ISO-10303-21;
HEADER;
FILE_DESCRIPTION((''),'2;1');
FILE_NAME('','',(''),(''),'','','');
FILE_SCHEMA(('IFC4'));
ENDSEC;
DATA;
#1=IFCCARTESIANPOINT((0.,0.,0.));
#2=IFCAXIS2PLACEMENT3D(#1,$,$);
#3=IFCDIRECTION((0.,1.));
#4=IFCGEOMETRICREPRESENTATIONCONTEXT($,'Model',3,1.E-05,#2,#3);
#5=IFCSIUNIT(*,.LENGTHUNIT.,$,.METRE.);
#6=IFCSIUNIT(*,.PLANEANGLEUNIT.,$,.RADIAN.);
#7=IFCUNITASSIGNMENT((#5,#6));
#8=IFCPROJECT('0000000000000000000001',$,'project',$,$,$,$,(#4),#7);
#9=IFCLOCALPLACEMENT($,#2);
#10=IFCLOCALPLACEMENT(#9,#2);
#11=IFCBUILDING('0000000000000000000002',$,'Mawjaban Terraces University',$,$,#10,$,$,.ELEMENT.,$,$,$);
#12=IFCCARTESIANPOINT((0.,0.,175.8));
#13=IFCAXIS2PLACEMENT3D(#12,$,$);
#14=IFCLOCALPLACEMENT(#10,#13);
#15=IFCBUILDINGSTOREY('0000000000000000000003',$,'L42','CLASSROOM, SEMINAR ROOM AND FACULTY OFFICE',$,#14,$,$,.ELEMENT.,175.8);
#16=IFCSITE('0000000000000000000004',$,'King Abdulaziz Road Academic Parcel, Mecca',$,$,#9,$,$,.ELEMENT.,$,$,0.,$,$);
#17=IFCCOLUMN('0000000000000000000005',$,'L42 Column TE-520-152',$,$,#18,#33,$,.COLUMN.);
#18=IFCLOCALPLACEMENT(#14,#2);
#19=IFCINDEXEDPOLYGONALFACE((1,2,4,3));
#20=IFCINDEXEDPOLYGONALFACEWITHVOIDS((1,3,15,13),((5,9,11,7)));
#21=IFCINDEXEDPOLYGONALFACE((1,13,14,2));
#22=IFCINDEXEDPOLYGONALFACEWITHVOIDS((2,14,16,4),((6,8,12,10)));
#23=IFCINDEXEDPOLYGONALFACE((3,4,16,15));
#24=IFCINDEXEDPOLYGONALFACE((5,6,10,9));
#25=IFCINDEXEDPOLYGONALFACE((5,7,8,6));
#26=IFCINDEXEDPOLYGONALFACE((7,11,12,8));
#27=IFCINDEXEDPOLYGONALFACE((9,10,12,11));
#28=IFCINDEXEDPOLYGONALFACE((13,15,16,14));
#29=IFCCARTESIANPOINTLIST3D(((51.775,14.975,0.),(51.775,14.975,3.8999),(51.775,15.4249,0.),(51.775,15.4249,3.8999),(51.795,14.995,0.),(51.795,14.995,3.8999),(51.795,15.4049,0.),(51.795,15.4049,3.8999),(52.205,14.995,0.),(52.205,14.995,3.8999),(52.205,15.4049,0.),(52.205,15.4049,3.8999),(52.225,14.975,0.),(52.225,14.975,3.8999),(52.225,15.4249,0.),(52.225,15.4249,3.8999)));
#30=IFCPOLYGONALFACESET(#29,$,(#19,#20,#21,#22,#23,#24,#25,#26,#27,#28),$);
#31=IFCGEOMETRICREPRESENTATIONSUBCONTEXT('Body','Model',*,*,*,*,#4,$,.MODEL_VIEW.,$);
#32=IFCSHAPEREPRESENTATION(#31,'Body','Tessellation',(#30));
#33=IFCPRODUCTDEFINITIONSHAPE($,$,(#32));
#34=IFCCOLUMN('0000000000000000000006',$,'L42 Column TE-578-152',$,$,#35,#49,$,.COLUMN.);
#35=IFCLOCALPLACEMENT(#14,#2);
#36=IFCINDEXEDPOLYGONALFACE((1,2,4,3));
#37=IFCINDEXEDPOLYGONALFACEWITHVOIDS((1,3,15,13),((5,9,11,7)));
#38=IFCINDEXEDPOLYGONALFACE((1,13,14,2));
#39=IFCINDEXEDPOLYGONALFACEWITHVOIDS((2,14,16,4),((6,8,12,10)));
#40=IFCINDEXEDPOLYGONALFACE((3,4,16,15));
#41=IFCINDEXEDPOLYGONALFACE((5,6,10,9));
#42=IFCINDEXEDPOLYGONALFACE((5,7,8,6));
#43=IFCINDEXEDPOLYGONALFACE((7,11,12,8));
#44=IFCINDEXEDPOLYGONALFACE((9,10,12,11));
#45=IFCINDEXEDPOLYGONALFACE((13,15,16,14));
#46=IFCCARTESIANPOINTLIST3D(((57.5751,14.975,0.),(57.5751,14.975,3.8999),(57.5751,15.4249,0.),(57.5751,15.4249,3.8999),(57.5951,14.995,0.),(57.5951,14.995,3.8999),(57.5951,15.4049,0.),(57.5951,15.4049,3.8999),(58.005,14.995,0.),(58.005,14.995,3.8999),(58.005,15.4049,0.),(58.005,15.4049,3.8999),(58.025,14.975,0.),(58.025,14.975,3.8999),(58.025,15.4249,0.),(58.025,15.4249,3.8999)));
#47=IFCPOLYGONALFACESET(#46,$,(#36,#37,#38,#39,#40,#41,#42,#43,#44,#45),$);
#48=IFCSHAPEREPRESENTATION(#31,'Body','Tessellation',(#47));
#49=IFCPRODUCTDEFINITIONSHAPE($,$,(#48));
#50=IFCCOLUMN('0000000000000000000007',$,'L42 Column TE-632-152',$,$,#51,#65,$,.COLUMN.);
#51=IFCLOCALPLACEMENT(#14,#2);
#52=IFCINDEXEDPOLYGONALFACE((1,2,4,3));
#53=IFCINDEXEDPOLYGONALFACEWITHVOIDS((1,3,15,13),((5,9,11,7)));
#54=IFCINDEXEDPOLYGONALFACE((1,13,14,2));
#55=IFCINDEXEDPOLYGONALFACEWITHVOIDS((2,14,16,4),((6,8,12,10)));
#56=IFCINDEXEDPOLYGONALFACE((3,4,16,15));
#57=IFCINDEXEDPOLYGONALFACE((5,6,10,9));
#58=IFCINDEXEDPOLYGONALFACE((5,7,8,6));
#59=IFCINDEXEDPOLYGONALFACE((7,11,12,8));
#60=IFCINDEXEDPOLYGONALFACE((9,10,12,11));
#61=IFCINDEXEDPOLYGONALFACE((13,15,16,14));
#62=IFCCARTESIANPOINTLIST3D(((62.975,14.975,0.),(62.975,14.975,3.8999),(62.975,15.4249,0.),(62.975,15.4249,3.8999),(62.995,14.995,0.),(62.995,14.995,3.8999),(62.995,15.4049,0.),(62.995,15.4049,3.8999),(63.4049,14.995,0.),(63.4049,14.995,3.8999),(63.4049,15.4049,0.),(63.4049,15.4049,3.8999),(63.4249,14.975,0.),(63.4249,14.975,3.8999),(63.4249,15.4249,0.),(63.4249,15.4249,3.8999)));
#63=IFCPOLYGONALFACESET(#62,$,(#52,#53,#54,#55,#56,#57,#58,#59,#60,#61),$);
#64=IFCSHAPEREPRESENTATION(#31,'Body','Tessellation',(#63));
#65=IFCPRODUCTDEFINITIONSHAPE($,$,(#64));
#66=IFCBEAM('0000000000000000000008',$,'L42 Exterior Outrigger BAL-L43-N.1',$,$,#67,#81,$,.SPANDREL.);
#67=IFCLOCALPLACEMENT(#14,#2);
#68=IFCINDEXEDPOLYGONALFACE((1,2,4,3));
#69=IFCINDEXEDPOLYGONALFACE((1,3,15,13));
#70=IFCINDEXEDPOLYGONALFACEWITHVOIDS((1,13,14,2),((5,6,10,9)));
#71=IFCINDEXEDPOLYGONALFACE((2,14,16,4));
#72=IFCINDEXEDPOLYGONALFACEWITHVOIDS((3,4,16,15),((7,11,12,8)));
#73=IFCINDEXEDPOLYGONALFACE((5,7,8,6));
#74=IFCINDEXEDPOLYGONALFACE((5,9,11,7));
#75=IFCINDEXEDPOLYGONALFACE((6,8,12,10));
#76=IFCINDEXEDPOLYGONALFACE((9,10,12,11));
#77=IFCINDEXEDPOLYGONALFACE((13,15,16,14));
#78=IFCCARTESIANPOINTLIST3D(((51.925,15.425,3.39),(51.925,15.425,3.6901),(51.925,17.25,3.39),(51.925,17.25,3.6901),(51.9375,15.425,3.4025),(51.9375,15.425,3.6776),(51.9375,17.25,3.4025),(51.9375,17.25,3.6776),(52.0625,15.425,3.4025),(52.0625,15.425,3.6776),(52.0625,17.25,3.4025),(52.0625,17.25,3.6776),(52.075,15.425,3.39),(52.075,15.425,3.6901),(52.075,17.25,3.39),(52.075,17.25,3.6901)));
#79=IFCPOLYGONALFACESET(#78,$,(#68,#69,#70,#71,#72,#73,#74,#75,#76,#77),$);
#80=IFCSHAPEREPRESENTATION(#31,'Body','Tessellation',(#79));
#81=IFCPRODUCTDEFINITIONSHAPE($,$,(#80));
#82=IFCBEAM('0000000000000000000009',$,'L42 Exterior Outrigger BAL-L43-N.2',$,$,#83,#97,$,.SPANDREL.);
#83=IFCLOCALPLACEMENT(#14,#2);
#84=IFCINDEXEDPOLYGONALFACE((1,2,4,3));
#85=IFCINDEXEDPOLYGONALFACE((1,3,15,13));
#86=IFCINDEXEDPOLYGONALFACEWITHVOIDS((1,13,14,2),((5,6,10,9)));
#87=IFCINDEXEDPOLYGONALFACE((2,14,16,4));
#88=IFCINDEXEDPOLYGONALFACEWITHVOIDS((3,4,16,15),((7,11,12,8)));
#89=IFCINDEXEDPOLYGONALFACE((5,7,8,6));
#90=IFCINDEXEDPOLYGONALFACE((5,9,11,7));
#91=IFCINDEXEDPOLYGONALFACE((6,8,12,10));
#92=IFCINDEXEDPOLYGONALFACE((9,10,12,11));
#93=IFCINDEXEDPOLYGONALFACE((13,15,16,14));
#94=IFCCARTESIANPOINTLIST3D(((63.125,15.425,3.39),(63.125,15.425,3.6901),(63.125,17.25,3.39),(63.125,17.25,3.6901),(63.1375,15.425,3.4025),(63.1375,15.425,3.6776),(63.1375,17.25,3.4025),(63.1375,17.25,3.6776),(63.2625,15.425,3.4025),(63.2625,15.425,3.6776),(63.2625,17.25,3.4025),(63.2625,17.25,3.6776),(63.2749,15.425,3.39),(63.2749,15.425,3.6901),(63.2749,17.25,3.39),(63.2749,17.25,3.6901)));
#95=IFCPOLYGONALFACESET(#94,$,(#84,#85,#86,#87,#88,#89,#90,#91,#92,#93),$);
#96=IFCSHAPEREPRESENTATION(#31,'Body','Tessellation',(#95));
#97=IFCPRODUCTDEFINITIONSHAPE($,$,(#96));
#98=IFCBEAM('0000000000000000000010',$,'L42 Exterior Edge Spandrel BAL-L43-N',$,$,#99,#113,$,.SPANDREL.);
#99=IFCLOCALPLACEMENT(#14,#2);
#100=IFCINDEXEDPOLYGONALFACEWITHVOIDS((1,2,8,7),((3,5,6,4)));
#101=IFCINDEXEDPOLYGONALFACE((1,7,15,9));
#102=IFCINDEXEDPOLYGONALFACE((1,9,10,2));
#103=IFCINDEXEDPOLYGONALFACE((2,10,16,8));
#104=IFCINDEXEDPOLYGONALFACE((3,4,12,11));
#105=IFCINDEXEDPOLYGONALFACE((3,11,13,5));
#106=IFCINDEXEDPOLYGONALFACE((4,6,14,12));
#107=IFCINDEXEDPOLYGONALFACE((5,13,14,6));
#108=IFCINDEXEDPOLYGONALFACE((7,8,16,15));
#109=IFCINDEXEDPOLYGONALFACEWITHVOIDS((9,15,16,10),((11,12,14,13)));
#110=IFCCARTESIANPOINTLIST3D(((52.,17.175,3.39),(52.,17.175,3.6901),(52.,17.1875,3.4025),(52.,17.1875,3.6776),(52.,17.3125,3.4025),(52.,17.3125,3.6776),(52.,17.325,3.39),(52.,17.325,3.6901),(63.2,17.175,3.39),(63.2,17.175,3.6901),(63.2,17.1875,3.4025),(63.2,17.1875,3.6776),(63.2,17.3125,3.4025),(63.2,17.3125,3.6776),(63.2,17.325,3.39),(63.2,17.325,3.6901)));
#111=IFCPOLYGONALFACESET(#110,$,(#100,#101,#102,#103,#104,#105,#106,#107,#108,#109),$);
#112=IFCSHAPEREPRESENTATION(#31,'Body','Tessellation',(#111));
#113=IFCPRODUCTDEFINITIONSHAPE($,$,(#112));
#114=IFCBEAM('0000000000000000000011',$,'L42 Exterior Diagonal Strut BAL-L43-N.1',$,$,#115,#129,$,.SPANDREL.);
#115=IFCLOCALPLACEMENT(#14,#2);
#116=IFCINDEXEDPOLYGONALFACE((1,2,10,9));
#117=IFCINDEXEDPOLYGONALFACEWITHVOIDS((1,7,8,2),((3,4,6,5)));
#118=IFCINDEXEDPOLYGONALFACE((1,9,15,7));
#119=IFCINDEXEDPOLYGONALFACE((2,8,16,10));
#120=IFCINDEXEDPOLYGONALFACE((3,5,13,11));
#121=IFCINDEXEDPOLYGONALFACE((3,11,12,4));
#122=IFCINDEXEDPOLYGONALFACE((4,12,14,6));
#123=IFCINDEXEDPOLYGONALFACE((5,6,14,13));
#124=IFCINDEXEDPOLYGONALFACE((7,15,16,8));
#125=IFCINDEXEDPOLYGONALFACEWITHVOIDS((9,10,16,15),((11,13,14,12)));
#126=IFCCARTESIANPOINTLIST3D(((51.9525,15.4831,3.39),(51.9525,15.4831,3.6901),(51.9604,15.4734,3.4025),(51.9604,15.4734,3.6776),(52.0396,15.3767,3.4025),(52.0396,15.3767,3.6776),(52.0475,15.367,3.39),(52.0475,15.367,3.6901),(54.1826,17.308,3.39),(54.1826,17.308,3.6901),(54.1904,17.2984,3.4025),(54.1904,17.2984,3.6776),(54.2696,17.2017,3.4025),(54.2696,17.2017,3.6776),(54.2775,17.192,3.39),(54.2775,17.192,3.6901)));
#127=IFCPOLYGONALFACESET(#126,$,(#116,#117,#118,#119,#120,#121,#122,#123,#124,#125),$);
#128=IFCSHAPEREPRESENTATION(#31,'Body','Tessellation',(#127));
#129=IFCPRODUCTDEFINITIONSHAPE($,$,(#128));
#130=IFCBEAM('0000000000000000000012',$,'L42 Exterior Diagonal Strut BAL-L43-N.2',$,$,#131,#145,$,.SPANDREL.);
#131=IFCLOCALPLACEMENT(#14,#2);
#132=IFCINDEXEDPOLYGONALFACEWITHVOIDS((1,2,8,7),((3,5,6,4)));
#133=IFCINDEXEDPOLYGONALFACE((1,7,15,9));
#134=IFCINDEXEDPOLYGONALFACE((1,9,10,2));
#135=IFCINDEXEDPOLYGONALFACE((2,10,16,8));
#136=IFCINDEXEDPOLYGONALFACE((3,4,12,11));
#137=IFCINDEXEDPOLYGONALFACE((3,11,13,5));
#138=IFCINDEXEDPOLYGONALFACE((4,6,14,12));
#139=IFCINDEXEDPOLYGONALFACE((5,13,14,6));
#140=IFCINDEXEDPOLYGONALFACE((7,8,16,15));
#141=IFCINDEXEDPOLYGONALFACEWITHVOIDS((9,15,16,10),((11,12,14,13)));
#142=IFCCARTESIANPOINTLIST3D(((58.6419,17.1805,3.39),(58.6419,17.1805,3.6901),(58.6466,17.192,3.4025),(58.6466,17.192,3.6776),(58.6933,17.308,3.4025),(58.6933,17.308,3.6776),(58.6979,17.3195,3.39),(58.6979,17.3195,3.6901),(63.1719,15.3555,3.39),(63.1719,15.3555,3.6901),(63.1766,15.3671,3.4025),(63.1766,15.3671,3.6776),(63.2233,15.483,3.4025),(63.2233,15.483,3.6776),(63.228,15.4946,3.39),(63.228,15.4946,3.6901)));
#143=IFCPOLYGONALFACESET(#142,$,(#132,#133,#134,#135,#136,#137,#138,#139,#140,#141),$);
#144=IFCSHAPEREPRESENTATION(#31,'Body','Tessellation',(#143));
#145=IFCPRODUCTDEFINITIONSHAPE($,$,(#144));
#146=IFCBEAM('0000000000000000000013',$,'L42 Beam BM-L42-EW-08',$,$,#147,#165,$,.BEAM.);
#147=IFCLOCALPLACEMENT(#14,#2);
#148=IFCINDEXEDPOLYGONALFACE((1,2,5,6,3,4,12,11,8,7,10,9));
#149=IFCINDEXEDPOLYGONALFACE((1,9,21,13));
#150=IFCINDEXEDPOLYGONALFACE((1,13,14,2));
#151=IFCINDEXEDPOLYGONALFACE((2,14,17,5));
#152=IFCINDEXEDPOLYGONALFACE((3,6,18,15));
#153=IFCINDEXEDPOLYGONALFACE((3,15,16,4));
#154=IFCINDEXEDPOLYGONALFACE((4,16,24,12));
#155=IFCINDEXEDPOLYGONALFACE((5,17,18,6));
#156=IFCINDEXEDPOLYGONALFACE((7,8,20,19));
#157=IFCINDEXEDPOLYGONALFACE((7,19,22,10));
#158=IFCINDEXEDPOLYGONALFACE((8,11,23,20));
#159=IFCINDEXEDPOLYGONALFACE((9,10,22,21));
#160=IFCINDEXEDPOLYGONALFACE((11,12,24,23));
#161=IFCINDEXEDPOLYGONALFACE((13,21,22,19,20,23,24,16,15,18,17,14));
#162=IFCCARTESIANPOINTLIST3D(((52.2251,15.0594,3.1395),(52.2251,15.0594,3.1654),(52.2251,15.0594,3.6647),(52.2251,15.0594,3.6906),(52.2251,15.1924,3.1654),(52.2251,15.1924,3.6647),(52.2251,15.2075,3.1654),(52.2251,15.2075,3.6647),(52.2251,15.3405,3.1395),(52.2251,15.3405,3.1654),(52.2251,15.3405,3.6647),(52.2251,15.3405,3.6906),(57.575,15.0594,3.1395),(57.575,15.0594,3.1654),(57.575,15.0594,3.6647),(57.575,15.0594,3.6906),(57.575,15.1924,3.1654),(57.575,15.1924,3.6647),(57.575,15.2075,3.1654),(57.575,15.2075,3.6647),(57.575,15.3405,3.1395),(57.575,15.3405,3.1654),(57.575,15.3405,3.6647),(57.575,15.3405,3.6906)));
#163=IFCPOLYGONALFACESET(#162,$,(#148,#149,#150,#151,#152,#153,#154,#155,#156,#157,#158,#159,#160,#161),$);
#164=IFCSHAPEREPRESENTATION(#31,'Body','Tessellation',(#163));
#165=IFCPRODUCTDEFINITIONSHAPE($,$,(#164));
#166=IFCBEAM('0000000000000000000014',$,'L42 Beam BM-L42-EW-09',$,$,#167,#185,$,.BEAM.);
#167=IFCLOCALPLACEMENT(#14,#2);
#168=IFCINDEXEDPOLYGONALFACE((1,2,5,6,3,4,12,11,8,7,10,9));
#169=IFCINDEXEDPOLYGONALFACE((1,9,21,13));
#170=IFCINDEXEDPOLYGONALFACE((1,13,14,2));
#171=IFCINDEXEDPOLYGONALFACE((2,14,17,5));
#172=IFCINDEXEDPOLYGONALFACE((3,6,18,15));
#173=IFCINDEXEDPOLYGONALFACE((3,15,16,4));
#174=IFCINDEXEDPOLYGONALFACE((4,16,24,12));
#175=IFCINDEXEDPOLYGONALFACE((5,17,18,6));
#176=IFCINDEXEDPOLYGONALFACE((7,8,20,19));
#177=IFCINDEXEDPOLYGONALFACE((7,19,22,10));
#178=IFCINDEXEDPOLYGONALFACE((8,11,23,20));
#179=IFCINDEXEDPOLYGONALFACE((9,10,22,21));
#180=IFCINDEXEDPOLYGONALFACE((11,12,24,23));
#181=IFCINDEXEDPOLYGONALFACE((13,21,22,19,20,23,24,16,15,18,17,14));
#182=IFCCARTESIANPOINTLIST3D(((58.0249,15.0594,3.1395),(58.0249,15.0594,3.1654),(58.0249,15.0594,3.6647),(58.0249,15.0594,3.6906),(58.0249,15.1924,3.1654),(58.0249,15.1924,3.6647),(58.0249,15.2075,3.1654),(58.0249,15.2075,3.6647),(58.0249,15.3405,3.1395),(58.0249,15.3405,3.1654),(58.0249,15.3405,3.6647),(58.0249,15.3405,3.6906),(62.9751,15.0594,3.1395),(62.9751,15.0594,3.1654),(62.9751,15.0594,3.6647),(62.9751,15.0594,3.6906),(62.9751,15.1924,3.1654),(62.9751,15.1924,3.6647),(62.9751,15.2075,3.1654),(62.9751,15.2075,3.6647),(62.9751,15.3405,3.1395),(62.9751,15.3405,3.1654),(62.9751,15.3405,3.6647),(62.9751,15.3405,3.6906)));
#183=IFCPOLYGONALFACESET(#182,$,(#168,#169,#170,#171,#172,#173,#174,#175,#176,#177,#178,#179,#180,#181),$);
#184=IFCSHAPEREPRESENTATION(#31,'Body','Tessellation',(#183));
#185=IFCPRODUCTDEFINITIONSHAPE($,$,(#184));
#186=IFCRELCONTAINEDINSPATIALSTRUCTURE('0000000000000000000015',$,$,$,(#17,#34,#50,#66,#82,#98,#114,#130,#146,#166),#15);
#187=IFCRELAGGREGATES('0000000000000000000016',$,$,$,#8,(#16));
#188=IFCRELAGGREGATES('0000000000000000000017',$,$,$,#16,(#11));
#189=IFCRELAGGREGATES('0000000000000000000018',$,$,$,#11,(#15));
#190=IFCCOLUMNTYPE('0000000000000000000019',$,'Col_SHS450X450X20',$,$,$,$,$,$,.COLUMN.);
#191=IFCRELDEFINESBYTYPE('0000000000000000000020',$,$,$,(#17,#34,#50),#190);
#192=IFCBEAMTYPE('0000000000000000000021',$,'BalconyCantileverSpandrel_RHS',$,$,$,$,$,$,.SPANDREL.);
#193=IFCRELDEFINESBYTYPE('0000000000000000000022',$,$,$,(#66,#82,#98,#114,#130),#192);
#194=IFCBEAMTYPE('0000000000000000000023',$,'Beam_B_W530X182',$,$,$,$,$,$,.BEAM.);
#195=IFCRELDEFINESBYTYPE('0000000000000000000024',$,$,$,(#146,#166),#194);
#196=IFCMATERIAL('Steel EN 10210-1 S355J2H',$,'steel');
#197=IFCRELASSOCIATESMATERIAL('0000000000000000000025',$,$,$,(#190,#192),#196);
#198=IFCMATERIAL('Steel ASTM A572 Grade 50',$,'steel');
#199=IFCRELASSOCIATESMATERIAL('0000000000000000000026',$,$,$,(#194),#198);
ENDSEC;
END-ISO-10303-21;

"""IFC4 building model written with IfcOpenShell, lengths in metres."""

from ifc_helpers import new_model, si_unit, direction, frame, origin, origin_2d, place, context, subcontext, project, spatial, hollow_rectangle, i_section, extrude, material, material_profile, profile_set, type_object, element, save


model = new_model("IFC4")

# Units and contexts
model_context = context("Model", 3, precision=1e-05, world=origin(), true_north=direction((0.0, 1.0)))
body_context = subcontext(model_context, "Body", "Model", "MODEL_VIEW")
ifc_project = project(units=[si_unit("LENGTHUNIT", "METRE"), si_unit("PLANEANGLEUNIT", "RADIAN")], contexts=[model_context])

# Site, building, storey
site_placement = place(None, origin())
site = spatial("IfcSite", under=ifc_project, at=site_placement, Name="King Abdulaziz Road Academic Parcel, Mecca", CompositionType="ELEMENT", RefElevation=0.0)
building_placement = place(site_placement, origin())
building = spatial("IfcBuilding", under=site, at=building_placement, Name="Mawjaban Terraces University", CompositionType="ELEMENT")
storey_placement = place(building_placement, frame((0.0, 0.0, 175.8)))
storey = spatial("IfcBuildingStorey", under=building, at=storey_placement, Name="L42", Description="CLASSROOM, SEMINAR ROOM AND FACULTY OFFICE", CompositionType="ELEMENT", Elevation=175.8)

# Columns
ifc_material_1 = material(Name="Steel EN 10210-1 S355J2H", Category="steel")
ifc_material_profile_1 = material_profile(ifc_material_1, hollow_rectangle(XDim=0.45, YDim=0.45, WallThickness=0.02, at=origin_2d()), Name="SHS450X450X20")
ifc_profile_set_1 = profile_set([ifc_material_profile_1], Name="Steel EN 10210-1 S355J2H")
column_type = type_object("IfcColumnType", Name="Col_SHS450X450X20", PredefinedType="COLUMN", material=ifc_profile_set_1)
for number, where, z_axis, x_axis, name in (
    (1, (52.0, 15.2, 0.0), (0.0, 0.0, 1.0), (1.0, 0.0, 0.0), "L42 Column TE-520-152"),
    (2, (57.8, 15.2, 0.0), (0.0, 0.0, 1.0), (1.0, 0.0, 0.0), "L42 Column TE-578-152"),
    (3, (63.2, 15.2, 0.0), (0.0, 0.0, 1.0), (1.0, 0.0, 0.0), "L42 Column TE-632-152"),
):
    element("IfcColumn", number, at=place(storey_placement, frame(where, z_axis=z_axis, x_axis=x_axis)), inside=storey, type_object=column_type, Name=name, PredefinedType="COLUMN", context=body_context, shape_type="SweptSolid", body=[
        extrude(hollow_rectangle(XDim=0.45, YDim=0.45, WallThickness=0.02, at=origin_2d()), origin(), (0.0, 0.0, 1.0), 3.8999),
    ])

# Beams
ifc_material_profile_2 = material_profile(ifc_material_1, hollow_rectangle(XDim=0.1499, YDim=0.3, WallThickness=0.0125, at=origin_2d()), Name="RHS300X150X12.5")
ifc_profile_set_2 = profile_set([ifc_material_profile_2], Name="Steel EN 10210-1 S355J2H")
beam_type_1 = type_object("IfcBeamType", Name="BalconyCantileverSpandrel_RHS", PredefinedType="SPANDREL", material=ifc_profile_set_2)
for number, where, z_axis, x_axis, name in (
    (4, (52.0, 15.425, 3.54), (0.0, 1.0, 0.0), (-1.0, 0.0, 0.0), "L42 Exterior Outrigger BAL-L43-N.1"),
    (5, (63.2, 15.425, 3.54), (0.0, 1.0, 0.0), (-1.0, 0.0, 0.0), "L42 Exterior Outrigger BAL-L43-N.2"),
):
    element("IfcBeam", number, at=place(storey_placement, frame(where, z_axis=z_axis, x_axis=x_axis)), inside=storey, type_object=beam_type_1, Name=name, PredefinedType="SPANDREL", context=body_context, shape_type="SweptSolid", body=[
        extrude(hollow_rectangle(XDim=0.1499, YDim=0.3, WallThickness=0.0125, at=origin_2d()), origin(), (0.0, 0.0, 1.0), 1.825),
    ])
beam_1_placement = place(storey_placement, frame((52.0, 17.25, 3.54), z_axis=(1.0, 0.0, 0.0), x_axis=(0.0, 1.0, 0.0)))
element("IfcBeam", 6, at=beam_1_placement, inside=storey, type_object=beam_type_1, Name="L42 Exterior Edge Spandrel BAL-L43-N", PredefinedType="SPANDREL", context=body_context, shape_type="SweptSolid", body=[
    extrude(hollow_rectangle(XDim=0.1499, YDim=0.3, WallThickness=0.0125, at=origin_2d()), origin(), (0.0, 0.0, 1.0), 11.2),
])
beam_2_placement = place(storey_placement, frame((52.0, 15.425, 3.54), z_axis=(0.773886, 0.633325, 0.0), x_axis=(-0.633325, 0.773886, 0.0)))
element("IfcBeam", 7, at=beam_2_placement, inside=storey, type_object=beam_type_1, Name="L42 Exterior Diagonal Strut BAL-L43-N.1", PredefinedType="SPANDREL", context=body_context, shape_type="SweptSolid", body=[
    extrude(hollow_rectangle(XDim=0.1499, YDim=0.3, WallThickness=0.0125, at=origin_2d()), origin(), (0.0, 0.0, 1.0), 2.8816),
])
beam_3_placement = place(storey_placement, frame((63.2, 15.425, 3.54), z_axis=(-0.92756, 0.373674, 0.0), x_axis=(-0.373674, -0.92756, 0.0)))
element("IfcBeam", 8, at=beam_3_placement, inside=storey, type_object=beam_type_1, Name="L42 Exterior Diagonal Strut BAL-L43-N.2", PredefinedType="SPANDREL", context=body_context, shape_type="SweptSolid", body=[
    extrude(hollow_rectangle(XDim=0.1499, YDim=0.3, WallThickness=0.0125, at=origin_2d()), origin(), (0.0, 0.0, 1.0), 4.8838),
])
ifc_material_2 = material(Name="Steel ASTM A572 Grade 50", Category="steel")
ifc_material_profile_3 = material_profile(ifc_material_2, i_section(OverallWidth=0.281, OverallDepth=0.551, WebThickness=0.0151, FlangeThickness=0.0259, at=origin_2d()), Name="W530X182")
ifc_profile_set_3 = profile_set([ifc_material_profile_3], Name="Steel ASTM A572 Grade 50")
beam_type_2 = type_object("IfcBeamType", Name="Beam_B_W530X182", PredefinedType="BEAM", material=ifc_profile_set_3)
beam_4_placement = place(storey_placement, frame((52.2251, 15.2, 3.415), z_axis=(1.0, 0.0, 0.0), x_axis=(0.0, 1.0, 0.0)))
element("IfcBeam", 9, at=beam_4_placement, inside=storey, type_object=beam_type_2, Name="L42 Beam BM-L42-EW-08", PredefinedType="BEAM", context=body_context, shape_type="SweptSolid", body=[
    extrude(i_section(OverallWidth=0.281, OverallDepth=0.551, WebThickness=0.0151, FlangeThickness=0.0259, at=origin_2d()), origin(), (0.0, 0.0, 1.0), 5.3499),
])
beam_5_placement = place(storey_placement, frame((58.0249, 15.2, 3.415), z_axis=(1.0, 0.0, 0.0), x_axis=(0.0, 1.0, 0.0)))
element("IfcBeam", 10, at=beam_5_placement, inside=storey, type_object=beam_type_2, Name="L42 Beam BM-L42-EW-09", PredefinedType="BEAM", context=body_context, shape_type="SweptSolid", body=[
    extrude(i_section(OverallWidth=0.281, OverallDepth=0.551, WebThickness=0.0151, FlangeThickness=0.0259, at=origin_2d()), origin(), (0.0, 0.0, 1.0), 4.9502),
])

save(model, "model.ifc")
